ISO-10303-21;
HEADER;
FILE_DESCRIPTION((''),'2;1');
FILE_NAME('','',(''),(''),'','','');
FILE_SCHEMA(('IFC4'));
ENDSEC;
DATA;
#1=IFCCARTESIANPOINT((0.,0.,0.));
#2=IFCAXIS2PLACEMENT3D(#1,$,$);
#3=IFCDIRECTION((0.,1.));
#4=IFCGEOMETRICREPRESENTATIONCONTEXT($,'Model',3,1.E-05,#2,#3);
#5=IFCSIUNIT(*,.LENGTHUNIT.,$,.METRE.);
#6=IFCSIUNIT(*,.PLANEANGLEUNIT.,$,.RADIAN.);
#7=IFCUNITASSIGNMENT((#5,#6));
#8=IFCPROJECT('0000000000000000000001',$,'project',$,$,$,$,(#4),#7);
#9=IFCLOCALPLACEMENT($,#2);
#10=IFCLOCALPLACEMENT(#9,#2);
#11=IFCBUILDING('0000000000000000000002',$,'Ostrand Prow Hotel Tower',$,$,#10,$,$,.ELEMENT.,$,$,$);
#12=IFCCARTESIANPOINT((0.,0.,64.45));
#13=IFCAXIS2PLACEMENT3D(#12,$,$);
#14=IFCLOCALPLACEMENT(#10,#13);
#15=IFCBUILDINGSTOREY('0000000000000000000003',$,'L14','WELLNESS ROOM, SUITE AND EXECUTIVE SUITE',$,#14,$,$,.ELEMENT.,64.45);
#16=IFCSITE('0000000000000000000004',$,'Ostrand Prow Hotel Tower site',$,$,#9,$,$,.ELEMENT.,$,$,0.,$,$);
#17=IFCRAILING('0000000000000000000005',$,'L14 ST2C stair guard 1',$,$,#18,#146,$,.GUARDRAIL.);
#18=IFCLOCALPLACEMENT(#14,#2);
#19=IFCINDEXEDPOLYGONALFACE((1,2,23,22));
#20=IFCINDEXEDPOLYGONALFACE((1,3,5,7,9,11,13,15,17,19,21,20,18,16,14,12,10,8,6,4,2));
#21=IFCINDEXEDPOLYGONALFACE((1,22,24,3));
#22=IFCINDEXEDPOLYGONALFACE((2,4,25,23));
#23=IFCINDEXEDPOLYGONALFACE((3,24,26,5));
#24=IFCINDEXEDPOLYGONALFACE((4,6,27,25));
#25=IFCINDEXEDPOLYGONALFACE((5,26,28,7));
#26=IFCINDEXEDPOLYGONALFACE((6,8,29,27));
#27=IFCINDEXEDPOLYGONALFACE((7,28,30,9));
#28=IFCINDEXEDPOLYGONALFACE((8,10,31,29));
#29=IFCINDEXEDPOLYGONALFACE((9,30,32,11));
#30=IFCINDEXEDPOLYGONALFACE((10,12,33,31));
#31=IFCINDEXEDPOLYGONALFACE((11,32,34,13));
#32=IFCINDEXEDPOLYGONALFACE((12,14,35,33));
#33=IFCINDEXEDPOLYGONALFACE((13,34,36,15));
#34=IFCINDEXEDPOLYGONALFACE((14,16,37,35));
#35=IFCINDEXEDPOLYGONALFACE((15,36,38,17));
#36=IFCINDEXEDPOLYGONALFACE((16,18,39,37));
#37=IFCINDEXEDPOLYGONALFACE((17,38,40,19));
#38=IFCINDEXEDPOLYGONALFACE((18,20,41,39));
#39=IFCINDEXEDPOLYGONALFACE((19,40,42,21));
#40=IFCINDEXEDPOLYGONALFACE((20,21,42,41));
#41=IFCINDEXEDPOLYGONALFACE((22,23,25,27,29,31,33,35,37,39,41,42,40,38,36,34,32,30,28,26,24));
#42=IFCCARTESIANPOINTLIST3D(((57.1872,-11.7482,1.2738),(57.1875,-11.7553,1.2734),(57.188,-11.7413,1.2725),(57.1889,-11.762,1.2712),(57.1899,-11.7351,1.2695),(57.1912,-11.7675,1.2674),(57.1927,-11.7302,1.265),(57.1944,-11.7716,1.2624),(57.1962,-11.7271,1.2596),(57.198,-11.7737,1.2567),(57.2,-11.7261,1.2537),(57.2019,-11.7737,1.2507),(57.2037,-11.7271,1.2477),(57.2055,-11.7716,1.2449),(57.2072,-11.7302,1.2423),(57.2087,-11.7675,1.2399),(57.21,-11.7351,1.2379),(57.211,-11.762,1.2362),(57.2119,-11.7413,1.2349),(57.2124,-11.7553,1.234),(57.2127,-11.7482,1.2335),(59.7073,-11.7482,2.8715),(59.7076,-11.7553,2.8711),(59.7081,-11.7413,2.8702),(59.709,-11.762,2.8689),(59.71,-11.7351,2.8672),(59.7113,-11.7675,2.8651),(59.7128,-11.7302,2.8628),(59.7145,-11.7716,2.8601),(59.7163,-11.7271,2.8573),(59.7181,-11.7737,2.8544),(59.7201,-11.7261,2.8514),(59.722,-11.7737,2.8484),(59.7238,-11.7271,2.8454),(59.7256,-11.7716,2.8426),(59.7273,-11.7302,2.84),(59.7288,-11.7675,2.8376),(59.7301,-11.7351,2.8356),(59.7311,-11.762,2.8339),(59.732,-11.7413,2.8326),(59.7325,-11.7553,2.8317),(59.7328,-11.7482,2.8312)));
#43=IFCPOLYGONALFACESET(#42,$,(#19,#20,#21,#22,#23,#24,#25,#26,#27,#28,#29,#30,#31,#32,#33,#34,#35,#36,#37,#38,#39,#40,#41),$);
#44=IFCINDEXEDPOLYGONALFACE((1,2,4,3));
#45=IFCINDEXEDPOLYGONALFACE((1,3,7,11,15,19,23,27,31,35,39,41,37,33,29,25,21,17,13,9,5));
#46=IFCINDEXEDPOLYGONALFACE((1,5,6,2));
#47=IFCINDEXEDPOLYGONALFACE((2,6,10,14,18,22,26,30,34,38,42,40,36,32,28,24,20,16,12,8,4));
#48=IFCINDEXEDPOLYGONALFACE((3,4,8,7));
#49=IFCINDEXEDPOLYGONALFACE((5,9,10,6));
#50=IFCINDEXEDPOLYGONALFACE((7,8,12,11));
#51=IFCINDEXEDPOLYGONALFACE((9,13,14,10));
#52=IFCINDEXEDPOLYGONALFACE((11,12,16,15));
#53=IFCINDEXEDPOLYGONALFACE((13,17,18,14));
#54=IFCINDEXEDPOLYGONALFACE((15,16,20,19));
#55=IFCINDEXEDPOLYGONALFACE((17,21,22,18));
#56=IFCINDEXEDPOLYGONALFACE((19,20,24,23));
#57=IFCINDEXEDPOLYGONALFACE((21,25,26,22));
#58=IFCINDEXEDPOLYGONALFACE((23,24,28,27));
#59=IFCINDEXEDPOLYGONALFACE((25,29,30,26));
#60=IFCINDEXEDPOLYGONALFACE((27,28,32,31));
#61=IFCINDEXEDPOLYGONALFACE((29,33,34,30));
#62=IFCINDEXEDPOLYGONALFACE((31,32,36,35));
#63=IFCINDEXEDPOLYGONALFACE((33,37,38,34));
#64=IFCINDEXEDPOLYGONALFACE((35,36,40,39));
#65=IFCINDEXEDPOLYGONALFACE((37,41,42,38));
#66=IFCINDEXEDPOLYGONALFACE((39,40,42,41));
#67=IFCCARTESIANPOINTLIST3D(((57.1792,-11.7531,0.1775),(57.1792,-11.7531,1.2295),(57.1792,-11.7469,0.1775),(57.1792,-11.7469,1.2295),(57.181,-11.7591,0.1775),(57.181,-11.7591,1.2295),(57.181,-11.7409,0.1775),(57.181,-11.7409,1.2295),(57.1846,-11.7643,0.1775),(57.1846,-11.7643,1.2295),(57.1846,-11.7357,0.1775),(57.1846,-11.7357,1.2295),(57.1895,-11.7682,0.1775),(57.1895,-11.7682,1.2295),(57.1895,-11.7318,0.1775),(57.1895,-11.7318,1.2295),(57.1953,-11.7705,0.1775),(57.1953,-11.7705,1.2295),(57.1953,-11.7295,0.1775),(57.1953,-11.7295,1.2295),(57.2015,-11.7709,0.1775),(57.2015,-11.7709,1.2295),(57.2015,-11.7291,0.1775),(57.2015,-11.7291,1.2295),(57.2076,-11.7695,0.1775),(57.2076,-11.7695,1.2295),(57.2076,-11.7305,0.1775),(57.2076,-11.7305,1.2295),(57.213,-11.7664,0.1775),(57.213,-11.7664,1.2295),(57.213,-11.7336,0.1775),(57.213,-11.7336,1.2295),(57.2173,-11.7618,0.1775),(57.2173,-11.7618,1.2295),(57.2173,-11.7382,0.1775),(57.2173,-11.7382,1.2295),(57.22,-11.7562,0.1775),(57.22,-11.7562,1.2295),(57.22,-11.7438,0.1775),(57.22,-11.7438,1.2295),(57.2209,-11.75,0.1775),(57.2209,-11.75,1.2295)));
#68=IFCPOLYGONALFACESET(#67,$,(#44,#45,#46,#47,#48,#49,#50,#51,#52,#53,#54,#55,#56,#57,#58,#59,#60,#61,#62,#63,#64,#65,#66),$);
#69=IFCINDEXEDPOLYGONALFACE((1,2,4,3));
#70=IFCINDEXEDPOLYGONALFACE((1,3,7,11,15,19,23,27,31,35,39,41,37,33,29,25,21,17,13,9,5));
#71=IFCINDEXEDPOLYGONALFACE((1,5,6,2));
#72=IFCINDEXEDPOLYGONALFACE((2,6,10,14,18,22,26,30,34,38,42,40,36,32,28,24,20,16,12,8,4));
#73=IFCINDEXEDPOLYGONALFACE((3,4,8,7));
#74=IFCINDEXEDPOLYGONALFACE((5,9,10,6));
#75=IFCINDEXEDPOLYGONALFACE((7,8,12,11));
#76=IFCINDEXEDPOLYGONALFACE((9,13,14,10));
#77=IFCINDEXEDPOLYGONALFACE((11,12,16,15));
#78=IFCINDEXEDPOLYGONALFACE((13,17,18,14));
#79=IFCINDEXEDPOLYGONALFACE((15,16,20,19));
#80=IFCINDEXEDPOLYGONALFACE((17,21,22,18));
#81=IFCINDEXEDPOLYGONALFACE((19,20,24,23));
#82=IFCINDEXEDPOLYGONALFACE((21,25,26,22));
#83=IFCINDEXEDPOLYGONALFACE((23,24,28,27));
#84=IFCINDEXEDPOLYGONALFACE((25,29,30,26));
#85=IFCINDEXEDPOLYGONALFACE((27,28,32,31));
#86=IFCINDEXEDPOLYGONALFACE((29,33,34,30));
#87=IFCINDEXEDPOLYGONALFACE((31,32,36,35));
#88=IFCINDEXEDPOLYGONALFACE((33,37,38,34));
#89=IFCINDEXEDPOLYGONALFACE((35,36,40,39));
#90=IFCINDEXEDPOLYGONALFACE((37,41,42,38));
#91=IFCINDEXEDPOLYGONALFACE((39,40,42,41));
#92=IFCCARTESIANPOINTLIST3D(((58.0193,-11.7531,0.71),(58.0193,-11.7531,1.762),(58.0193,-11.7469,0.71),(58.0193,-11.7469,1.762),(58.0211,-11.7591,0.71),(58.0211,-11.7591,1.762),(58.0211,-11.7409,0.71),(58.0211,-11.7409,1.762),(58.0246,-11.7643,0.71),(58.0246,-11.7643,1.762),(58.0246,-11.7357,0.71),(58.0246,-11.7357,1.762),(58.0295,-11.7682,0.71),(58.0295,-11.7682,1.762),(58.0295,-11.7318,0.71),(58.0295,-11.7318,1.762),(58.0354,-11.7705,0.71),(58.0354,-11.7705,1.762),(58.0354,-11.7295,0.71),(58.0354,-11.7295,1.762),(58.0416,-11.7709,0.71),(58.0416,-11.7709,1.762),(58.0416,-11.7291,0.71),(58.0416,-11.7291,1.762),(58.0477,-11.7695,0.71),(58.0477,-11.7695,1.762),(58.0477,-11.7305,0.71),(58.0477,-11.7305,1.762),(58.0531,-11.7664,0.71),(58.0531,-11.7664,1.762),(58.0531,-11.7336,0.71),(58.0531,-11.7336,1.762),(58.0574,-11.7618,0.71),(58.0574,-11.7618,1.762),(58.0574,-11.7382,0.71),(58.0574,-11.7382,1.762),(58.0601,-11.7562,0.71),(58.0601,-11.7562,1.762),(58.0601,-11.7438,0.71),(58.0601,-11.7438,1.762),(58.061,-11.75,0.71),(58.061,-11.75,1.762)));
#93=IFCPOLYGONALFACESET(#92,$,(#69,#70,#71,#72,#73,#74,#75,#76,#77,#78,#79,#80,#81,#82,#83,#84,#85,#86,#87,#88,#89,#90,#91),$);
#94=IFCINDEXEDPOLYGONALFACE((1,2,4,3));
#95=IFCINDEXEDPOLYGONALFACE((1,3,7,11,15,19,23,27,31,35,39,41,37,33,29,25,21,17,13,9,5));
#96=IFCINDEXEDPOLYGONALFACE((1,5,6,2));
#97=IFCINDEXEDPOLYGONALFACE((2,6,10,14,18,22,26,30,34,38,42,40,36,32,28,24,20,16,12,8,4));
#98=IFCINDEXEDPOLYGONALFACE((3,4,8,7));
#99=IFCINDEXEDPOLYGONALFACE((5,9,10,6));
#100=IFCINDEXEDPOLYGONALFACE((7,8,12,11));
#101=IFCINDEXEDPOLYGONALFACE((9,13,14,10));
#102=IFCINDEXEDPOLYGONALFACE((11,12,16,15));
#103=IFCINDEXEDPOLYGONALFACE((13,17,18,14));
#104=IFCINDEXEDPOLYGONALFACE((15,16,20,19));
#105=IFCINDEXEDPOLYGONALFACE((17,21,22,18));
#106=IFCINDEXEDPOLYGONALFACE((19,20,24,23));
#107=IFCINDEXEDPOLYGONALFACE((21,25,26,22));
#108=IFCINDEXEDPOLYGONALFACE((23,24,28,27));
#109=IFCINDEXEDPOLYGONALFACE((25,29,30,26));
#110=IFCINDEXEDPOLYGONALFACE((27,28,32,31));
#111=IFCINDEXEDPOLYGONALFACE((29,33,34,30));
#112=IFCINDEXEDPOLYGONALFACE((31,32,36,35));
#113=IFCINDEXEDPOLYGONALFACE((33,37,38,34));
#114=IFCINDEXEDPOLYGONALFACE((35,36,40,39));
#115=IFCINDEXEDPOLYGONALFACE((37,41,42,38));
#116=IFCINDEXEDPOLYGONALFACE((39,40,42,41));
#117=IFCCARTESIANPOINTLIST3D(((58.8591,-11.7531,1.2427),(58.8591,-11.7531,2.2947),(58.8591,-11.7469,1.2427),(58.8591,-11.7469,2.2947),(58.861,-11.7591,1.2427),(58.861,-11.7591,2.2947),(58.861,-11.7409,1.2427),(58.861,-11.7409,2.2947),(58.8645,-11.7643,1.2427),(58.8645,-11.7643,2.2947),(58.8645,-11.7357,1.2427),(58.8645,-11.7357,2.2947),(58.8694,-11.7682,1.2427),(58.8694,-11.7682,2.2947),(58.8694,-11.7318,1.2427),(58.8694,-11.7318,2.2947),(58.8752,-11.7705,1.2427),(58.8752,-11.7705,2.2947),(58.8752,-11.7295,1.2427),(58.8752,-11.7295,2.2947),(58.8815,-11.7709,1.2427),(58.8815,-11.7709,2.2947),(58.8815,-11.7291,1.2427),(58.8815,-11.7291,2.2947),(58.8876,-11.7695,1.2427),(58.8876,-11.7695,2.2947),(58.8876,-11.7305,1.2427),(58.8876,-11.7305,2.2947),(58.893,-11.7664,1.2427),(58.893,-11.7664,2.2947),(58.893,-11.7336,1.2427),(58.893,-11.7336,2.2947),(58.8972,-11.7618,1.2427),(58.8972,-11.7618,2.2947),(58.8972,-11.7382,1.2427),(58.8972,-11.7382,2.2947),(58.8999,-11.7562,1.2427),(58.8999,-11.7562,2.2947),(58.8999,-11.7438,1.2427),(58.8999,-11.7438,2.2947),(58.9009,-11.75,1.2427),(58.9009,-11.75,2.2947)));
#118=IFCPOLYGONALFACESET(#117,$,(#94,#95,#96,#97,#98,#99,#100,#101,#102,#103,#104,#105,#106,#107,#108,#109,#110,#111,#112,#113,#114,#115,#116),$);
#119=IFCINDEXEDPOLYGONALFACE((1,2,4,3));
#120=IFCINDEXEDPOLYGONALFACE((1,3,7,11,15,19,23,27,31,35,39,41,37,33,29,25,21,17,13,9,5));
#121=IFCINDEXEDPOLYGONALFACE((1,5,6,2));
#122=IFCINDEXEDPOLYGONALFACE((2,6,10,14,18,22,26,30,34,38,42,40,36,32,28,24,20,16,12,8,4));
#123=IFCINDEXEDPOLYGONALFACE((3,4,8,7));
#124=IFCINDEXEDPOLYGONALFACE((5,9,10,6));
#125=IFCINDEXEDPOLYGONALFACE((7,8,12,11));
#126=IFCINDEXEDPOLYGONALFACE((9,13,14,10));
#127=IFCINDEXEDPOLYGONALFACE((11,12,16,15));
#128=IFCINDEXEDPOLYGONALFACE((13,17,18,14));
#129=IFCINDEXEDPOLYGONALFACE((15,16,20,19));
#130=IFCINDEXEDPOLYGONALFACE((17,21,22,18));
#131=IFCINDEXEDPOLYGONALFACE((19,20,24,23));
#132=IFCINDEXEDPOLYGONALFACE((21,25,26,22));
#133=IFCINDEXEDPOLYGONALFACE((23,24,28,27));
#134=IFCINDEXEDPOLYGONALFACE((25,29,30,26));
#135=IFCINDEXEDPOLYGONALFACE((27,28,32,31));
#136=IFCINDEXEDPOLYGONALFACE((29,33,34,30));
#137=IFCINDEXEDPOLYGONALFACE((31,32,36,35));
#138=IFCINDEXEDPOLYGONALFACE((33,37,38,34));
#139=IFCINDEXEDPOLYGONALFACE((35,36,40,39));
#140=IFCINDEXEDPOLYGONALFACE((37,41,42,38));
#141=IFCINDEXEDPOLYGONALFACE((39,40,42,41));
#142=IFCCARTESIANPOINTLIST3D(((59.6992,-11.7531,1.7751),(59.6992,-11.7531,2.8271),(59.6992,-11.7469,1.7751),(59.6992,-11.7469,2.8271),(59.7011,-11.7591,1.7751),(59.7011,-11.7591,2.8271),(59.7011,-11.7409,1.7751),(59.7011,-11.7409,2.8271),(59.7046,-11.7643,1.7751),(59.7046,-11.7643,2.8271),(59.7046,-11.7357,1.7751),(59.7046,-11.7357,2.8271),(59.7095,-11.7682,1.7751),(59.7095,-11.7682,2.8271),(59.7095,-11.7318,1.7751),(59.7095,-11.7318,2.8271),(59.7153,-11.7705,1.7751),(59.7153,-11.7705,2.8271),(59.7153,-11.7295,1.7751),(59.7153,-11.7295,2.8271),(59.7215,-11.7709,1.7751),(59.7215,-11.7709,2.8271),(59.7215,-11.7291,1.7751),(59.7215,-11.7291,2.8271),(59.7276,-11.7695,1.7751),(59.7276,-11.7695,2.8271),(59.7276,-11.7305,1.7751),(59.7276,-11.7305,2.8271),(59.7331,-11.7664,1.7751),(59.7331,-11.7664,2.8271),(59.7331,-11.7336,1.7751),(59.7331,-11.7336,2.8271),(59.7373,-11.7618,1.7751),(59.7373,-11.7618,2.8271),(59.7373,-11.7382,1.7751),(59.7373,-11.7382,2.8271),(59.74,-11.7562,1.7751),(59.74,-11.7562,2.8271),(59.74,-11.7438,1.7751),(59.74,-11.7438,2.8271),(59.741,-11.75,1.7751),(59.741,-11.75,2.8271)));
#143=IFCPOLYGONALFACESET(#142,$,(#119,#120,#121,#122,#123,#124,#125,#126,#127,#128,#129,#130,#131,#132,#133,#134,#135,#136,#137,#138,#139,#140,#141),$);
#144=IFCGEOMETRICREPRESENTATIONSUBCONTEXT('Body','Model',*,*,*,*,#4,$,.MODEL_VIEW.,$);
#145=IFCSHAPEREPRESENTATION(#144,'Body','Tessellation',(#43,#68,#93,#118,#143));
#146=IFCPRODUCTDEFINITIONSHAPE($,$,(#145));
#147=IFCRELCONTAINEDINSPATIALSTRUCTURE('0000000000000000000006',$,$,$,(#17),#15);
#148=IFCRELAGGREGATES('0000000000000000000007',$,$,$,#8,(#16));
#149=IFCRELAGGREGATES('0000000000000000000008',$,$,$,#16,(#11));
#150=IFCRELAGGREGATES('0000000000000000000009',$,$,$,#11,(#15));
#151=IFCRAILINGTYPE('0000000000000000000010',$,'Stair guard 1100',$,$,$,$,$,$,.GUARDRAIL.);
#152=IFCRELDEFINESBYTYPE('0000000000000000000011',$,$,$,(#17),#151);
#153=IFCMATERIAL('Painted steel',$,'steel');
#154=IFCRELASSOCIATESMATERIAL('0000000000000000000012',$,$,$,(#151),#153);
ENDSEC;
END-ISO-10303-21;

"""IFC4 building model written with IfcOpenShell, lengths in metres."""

from ifc_helpers import new_model, si_unit, direction, frame, origin, origin_2d, place, context, subcontext, project, spatial, circle, extrude, material, type_object, element, save


model = new_model("IFC4")

# Units and contexts
model_context = context("Model", 3, precision=1e-05, world=origin(), true_north=direction((0.0, 1.0)))
body_context = subcontext(model_context, "Body", "Model", "MODEL_VIEW")
ifc_project = project(units=[si_unit("LENGTHUNIT", "METRE"), si_unit("PLANEANGLEUNIT", "RADIAN")], contexts=[model_context])

# Site, building, storey
site_placement = place(None, origin())
site = spatial("IfcSite", under=ifc_project, at=site_placement, Name="Ostrand Prow Hotel Tower site", CompositionType="ELEMENT", RefElevation=0.0)
building_placement = place(site_placement, origin())
building = spatial("IfcBuilding", under=site, at=building_placement, Name="Ostrand Prow Hotel Tower", CompositionType="ELEMENT")
storey_placement = place(building_placement, frame((0.0, 0.0, 64.45)))
storey = spatial("IfcBuildingStorey", under=building, at=storey_placement, Name="L14", Description="WELLNESS ROOM, SUITE AND EXECUTIVE SUITE", CompositionType="ELEMENT", Elevation=64.45)

# Railing
ifc_material_1 = material(Name="Painted steel", Category="steel")
railing_type_1 = type_object("IfcRailingType", Name="Stair guard 1100", PredefinedType="GUARDRAIL", material=ifc_material_1)
railing_1_placement = place(storey_placement, frame((57.2, -11.75, 0.1775)))
element("IfcRailing", 1, at=railing_1_placement, inside=storey, type_object=railing_type_1, Name="L14 ST2C stair guard 1", PredefinedType="GUARDRAIL", context=body_context, shape_type="SweptSolid", body=[
    extrude(circle(Radius=0.0239, at=origin_2d()), frame((0.0, 0.0, 1.0762), z_axis=(0.84457, 0.0, 0.535445), x_axis=(0.0, 1.0, 0.0)), (0.0, 0.0, 1.0), 2.9839),
    extrude(circle(Radius=0.021, at=origin_2d()), origin(), (0.0, 0.0, 1.0), 1.052),
    extrude(circle(Radius=0.021, at=origin_2d()), frame((0.8401, 0.0, 0.5325)), (0.0, 0.0, 1.0), 1.052),
    extrude(circle(Radius=0.021, at=origin_2d()), frame((1.6799, 0.0, 1.0652)), (0.0, 0.0, 1.0), 1.052),
    extrude(circle(Radius=0.021, at=origin_2d()), frame((2.52, 0.0, 1.5977)), (0.0, 0.0, 1.0), 1.052),
])

save(model, "model.ifc")
